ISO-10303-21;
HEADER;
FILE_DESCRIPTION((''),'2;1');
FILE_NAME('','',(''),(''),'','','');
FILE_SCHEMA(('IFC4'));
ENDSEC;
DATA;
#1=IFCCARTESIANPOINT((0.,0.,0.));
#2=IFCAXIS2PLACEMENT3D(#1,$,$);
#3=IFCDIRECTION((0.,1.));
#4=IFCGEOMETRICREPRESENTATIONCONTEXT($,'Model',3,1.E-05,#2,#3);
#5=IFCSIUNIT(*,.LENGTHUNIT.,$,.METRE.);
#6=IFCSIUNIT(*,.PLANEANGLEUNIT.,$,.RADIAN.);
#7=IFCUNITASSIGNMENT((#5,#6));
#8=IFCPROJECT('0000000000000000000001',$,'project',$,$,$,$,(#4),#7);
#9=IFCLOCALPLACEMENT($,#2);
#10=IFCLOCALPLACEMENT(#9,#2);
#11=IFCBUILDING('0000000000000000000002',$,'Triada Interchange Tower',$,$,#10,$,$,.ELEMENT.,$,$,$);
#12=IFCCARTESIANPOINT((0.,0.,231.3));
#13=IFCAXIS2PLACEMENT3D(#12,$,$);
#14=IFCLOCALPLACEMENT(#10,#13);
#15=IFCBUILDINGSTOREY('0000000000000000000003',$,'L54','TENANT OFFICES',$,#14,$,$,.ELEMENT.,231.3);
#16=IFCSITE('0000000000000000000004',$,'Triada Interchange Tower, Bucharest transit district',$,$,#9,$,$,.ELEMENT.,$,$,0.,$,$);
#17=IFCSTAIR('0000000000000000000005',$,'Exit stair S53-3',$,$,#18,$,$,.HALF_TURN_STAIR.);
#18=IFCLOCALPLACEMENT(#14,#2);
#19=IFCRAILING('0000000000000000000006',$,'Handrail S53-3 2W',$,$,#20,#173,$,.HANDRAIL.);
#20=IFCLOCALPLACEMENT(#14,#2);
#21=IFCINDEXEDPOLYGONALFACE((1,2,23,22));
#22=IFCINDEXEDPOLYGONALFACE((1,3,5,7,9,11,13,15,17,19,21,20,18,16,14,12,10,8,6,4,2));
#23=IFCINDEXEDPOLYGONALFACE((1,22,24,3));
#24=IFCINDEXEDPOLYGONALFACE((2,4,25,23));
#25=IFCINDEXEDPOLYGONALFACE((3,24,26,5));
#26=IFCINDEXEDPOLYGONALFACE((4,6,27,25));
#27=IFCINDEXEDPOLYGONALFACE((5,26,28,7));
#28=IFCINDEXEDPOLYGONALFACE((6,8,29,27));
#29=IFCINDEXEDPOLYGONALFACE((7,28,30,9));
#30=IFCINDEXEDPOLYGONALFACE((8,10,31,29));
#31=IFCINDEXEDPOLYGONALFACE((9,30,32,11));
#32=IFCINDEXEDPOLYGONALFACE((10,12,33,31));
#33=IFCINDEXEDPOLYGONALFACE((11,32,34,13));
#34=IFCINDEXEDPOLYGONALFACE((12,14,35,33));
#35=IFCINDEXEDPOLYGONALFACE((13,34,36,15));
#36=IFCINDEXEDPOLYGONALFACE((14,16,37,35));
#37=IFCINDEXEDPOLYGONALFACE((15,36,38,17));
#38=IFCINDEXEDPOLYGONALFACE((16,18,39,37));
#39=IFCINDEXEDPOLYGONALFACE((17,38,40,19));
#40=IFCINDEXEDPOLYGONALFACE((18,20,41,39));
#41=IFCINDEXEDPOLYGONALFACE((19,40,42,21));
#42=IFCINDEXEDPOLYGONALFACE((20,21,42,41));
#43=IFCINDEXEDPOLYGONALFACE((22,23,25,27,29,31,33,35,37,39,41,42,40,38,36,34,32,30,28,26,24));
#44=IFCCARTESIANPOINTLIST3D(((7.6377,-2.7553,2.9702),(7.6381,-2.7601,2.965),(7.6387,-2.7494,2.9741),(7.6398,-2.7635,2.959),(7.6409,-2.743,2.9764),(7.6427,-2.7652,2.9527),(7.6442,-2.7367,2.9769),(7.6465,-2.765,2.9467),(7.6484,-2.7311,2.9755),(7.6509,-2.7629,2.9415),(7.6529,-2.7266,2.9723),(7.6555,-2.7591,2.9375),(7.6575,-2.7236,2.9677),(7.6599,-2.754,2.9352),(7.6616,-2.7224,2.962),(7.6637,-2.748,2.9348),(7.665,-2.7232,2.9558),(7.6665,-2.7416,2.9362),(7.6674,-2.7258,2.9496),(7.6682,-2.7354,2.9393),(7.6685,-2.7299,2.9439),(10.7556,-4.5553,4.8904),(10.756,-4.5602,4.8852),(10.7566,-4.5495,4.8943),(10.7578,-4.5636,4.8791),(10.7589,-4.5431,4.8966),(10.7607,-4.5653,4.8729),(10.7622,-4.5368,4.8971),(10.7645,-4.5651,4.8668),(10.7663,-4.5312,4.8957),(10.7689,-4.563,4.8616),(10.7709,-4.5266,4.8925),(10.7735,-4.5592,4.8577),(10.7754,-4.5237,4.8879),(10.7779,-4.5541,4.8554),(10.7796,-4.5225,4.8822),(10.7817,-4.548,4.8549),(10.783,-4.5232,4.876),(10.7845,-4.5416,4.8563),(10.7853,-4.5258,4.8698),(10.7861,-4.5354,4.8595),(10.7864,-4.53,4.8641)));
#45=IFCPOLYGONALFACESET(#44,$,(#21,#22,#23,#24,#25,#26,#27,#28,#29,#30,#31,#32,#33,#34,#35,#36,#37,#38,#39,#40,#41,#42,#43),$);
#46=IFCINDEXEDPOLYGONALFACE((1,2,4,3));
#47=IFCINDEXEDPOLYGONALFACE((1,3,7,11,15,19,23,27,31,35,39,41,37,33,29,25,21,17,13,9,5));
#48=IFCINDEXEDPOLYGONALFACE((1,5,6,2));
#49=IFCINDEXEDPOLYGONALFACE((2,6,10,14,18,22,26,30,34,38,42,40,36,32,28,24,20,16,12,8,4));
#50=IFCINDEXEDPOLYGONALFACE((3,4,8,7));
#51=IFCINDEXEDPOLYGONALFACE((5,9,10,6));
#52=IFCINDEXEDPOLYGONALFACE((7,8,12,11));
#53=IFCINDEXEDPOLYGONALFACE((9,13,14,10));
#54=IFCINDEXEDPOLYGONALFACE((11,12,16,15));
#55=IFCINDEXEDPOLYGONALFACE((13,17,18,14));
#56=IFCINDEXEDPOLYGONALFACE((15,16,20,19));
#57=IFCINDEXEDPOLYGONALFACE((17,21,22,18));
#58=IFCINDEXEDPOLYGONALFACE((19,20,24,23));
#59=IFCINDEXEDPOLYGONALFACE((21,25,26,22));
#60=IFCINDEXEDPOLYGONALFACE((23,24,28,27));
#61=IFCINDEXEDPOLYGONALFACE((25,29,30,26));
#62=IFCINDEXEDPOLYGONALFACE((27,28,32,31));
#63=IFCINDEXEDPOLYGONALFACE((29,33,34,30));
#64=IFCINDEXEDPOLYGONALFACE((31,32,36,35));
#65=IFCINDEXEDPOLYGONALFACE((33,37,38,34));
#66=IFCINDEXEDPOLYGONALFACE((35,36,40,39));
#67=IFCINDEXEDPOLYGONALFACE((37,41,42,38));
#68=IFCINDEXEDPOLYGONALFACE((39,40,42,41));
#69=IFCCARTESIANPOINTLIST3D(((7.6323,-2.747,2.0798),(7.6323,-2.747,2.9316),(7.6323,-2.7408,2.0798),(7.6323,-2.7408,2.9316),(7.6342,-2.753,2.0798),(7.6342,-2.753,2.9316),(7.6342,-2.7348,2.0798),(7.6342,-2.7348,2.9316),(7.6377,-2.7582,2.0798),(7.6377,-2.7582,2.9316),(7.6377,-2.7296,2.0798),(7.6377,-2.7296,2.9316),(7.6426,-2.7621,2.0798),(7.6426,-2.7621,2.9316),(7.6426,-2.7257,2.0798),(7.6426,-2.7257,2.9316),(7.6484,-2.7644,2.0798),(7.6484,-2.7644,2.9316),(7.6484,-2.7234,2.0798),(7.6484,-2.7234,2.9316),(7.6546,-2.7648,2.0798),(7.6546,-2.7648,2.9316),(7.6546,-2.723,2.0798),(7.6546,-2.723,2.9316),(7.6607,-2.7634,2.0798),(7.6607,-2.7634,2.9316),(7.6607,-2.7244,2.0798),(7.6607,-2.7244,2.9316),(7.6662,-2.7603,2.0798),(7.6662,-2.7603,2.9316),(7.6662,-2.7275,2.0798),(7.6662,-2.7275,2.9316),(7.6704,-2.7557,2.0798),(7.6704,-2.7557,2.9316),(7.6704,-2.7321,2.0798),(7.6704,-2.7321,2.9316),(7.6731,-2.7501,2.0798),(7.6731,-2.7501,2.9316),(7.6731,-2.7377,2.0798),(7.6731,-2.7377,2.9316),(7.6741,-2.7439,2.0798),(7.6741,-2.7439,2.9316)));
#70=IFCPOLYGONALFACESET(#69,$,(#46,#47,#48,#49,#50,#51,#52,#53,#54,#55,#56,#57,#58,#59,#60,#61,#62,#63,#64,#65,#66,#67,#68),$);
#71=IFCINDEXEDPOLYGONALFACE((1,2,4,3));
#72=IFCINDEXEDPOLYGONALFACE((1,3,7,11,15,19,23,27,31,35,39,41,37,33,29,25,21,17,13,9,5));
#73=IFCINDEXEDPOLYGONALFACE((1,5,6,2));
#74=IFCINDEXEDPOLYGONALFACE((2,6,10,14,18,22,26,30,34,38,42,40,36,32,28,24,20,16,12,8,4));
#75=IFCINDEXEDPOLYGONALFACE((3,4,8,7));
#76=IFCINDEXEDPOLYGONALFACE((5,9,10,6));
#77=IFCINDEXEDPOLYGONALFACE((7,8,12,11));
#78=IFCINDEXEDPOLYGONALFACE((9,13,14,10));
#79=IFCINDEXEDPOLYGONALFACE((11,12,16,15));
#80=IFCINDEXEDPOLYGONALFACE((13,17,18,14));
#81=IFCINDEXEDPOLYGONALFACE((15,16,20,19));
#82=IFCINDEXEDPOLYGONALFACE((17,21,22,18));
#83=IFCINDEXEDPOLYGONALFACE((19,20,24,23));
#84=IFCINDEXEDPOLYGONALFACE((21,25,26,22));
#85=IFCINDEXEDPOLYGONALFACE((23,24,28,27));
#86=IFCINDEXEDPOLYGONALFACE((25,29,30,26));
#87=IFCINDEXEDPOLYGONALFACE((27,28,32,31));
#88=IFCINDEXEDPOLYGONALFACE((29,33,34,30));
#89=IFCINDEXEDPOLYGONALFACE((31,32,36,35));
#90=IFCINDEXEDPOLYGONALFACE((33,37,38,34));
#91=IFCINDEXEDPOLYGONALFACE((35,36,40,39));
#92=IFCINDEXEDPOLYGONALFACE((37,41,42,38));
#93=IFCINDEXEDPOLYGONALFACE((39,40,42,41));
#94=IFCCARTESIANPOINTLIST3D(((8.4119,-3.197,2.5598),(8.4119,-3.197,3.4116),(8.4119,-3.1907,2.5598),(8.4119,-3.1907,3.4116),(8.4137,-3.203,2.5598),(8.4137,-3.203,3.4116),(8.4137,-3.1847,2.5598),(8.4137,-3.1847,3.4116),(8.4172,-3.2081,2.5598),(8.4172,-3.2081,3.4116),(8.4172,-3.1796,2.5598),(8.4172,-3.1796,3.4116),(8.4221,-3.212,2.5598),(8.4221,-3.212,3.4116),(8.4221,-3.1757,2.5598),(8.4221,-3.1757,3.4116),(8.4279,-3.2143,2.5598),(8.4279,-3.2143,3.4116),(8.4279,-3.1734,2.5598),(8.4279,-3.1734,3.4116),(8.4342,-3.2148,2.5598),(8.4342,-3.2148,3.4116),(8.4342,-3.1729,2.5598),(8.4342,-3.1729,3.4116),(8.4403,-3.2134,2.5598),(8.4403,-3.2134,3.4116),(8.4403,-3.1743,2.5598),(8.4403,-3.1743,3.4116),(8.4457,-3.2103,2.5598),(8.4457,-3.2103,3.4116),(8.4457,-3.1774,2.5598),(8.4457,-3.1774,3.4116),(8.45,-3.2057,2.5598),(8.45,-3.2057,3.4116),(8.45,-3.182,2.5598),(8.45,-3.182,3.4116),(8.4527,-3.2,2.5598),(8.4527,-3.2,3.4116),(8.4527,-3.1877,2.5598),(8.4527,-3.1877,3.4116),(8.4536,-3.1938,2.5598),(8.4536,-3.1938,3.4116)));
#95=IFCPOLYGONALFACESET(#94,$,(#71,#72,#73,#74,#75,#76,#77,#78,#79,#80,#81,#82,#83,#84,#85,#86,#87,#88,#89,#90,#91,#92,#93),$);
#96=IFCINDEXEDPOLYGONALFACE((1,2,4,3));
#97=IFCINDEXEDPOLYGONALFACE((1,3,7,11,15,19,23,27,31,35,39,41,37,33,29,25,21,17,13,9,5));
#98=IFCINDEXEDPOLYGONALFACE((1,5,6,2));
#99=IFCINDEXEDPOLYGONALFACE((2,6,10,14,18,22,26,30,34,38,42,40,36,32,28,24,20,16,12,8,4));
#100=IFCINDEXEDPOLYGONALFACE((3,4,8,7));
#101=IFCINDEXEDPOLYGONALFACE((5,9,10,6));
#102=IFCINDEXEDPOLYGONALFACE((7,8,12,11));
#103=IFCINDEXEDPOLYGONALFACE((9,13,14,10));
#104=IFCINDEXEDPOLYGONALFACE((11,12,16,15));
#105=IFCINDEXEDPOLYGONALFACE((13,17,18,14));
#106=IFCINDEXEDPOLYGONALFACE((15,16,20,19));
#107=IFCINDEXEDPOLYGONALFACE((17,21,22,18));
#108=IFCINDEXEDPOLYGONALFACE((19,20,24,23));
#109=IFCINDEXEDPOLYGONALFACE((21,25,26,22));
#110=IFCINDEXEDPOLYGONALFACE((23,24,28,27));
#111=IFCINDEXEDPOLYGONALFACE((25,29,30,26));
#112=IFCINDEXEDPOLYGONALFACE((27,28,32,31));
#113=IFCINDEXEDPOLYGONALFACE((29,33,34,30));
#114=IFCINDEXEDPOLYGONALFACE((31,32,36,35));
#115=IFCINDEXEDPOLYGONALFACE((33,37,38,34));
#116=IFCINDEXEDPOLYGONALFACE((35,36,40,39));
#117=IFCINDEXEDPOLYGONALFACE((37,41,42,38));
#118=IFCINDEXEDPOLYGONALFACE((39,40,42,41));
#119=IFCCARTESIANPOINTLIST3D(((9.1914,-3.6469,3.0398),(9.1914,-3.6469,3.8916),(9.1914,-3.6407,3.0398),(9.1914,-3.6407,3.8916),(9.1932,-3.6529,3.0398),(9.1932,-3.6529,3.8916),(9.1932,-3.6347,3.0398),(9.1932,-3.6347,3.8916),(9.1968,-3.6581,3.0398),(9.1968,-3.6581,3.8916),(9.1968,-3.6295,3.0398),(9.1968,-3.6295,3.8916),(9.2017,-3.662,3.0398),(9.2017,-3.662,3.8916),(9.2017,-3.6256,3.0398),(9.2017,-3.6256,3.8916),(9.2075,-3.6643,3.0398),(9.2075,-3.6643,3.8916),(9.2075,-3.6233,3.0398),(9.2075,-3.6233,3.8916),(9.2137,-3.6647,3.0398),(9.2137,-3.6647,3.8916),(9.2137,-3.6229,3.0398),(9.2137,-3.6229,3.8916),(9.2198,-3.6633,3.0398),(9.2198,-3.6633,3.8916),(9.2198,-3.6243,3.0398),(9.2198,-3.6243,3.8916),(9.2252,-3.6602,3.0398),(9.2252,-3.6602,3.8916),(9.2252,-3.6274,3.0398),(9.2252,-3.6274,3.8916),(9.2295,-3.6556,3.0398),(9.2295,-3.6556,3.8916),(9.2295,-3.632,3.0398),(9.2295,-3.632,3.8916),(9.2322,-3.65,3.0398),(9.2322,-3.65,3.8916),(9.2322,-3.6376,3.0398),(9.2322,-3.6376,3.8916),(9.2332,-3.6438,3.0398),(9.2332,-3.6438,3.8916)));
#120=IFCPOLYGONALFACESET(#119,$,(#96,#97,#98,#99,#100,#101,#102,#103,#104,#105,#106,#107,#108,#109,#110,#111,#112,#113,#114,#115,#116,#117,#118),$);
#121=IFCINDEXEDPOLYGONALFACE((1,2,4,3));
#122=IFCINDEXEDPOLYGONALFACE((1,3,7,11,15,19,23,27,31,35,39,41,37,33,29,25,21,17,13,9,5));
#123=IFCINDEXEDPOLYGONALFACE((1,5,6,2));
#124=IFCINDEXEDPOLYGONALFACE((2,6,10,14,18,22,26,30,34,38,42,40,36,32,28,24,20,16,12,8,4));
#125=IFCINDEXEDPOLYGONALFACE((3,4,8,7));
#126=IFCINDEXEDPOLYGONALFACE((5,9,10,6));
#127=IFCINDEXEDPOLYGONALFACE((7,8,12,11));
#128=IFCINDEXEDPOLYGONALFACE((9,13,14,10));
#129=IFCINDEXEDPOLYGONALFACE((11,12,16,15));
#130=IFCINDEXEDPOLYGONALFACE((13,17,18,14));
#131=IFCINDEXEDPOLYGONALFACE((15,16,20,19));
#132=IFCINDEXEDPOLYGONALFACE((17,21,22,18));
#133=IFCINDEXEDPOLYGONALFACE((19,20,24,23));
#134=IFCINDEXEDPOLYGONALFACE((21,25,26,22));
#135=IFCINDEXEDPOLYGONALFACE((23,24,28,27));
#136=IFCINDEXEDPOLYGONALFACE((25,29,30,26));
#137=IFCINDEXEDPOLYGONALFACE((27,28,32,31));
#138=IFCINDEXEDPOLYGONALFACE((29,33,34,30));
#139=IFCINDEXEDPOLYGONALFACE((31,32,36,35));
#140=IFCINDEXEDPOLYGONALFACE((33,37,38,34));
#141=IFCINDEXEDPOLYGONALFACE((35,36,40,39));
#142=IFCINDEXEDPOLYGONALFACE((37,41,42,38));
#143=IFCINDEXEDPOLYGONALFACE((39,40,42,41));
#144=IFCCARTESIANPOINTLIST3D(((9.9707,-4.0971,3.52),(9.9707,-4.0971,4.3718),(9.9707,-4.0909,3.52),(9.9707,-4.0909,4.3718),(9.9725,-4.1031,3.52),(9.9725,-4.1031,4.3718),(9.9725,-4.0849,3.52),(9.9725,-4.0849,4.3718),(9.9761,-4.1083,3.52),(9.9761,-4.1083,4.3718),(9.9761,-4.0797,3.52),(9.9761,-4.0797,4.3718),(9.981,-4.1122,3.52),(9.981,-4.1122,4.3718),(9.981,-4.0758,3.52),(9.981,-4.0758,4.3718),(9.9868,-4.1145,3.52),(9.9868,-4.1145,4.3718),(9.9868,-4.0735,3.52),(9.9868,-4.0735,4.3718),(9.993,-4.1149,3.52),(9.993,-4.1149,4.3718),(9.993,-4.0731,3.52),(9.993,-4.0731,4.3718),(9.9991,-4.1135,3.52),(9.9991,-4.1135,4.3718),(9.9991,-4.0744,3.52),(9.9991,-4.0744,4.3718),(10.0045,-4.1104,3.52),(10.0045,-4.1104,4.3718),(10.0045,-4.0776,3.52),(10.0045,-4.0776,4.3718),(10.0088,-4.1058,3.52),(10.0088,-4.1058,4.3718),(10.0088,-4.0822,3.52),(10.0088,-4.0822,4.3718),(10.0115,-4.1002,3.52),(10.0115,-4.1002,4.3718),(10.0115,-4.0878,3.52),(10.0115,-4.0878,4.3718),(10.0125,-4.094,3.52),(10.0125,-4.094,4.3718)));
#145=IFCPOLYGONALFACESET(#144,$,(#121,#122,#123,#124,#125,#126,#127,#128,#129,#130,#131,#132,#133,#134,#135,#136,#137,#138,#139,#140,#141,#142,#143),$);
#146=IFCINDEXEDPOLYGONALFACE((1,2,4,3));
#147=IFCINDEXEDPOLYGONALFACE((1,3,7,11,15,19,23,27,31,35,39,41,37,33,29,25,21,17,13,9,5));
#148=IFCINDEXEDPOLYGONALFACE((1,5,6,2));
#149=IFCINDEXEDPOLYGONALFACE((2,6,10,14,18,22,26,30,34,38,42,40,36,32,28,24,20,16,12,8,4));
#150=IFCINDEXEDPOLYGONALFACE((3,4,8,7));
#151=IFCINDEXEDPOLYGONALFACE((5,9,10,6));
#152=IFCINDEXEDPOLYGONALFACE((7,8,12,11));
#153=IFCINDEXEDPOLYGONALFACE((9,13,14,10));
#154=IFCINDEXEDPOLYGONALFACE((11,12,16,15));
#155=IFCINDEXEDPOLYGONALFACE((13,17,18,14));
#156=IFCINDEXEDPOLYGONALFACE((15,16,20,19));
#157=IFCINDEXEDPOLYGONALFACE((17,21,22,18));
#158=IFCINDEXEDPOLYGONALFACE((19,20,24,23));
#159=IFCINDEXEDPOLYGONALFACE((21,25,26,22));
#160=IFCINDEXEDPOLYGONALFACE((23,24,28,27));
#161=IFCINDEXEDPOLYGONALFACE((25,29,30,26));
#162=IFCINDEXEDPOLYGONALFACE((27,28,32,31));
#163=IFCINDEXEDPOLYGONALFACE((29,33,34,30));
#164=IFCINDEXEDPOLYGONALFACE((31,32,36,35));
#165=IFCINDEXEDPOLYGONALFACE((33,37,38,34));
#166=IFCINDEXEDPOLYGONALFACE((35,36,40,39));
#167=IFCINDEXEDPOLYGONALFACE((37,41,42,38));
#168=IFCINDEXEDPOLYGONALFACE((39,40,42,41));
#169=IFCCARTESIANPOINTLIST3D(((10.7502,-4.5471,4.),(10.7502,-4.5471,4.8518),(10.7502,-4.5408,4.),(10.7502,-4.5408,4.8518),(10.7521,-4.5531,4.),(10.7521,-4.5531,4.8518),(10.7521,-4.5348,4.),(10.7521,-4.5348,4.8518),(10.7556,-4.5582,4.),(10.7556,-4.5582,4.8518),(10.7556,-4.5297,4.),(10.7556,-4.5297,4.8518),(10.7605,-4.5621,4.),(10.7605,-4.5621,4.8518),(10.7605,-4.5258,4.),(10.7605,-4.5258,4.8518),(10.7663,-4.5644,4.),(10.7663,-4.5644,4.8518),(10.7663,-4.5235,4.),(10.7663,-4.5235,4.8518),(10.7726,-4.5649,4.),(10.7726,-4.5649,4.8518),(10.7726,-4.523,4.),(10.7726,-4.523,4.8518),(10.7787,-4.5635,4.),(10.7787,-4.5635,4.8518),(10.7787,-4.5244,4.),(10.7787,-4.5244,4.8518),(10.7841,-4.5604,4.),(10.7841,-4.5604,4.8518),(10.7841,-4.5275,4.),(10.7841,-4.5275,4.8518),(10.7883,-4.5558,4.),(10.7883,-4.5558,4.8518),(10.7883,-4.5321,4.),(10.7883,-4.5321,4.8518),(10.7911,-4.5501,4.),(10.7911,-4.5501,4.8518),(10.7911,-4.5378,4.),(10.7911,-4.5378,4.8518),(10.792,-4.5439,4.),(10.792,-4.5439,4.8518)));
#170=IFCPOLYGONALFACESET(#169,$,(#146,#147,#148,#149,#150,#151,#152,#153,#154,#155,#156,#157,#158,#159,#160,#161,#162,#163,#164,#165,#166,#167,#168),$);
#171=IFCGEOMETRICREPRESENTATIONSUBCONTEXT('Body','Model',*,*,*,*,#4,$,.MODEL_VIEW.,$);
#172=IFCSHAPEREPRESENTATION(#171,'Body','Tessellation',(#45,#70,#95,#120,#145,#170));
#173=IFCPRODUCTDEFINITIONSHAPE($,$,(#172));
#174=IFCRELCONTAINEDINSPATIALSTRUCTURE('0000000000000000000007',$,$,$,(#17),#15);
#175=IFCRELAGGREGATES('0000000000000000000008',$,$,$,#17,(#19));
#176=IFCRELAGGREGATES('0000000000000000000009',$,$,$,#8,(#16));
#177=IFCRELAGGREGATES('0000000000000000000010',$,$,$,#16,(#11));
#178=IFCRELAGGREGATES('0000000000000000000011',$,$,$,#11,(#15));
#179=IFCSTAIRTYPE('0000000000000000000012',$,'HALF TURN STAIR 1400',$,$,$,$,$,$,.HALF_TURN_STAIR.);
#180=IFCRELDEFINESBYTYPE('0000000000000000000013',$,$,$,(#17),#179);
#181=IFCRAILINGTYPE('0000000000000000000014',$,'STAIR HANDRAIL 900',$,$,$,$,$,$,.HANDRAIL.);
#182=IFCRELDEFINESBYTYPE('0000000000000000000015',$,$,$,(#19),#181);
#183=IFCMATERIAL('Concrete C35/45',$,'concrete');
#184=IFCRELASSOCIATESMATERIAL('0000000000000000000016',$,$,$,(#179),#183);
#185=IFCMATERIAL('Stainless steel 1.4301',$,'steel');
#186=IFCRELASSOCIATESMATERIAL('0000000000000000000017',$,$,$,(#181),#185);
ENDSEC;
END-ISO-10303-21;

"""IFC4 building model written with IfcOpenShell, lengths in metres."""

from ifc_helpers import new_model, si_unit, direction, frame, origin, origin_2d, place, context, subcontext, project, spatial, circle, extrude, material, type_object, element, aggregate, save


model = new_model("IFC4")

# Units and contexts
model_context = context("Model", 3, precision=1e-05, world=origin(), true_north=direction((0.0, 1.0)))
body_context = subcontext(model_context, "Body", "Model", "MODEL_VIEW")
ifc_project = project(units=[si_unit("LENGTHUNIT", "METRE"), si_unit("PLANEANGLEUNIT", "RADIAN")], contexts=[model_context])

# Site, building, storey
site_placement = place(None, origin())
site = spatial("IfcSite", under=ifc_project, at=site_placement, Name="Triada Interchange Tower, Bucharest transit district", CompositionType="ELEMENT", RefElevation=0.0)
building_placement = place(site_placement, origin())
building = spatial("IfcBuilding", under=site, at=building_placement, Name="Triada Interchange Tower", CompositionType="ELEMENT")
storey_placement = place(building_placement, frame((0.0, 0.0, 231.3)))
storey = spatial("IfcBuildingStorey", under=building, at=storey_placement, Name="L54", Description="TENANT OFFICES", CompositionType="ELEMENT", Elevation=231.3)

# Stair, railing
ifc_material_1 = material(Name="Concrete C35/45", Category="concrete")
stair_type = type_object("IfcStairType", Name="HALF TURN STAIR 1400", PredefinedType="HALF_TURN_STAIR", material=ifc_material_1)
stair_placement = place(storey_placement, origin())
stair = element("IfcStair", 1, at=stair_placement, inside=storey, type_object=stair_type, Name="Exit stair S53-3", PredefinedType="HALF_TURN_STAIR")
ifc_material_2 = material(Name="Stainless steel 1.4301", Category="steel")
railing_type = type_object("IfcRailingType", Name="STAIR HANDRAIL 900", PredefinedType="HANDRAIL", material=ifc_material_2)
railing_1_placement = place(storey_placement, frame((7.6531, -2.7439, 2.0798)))
railing_1 = element("IfcRailing", 2, at=railing_1_placement, type_object=railing_type, Name="Handrail S53-3 2W", PredefinedType="HANDRAIL", context=body_context, shape_type="SweptSolid", body=[
    extrude(circle(Radius=0.0239, at=origin_2d()), frame((0.0, 0.0, 0.876), z_axis=(0.764145, -0.441159, 0.470597), x_axis=(0.499983, 0.866035, 0.0)), (0.0, 0.0, 1.0), 4.0803),
    extrude(circle(Radius=0.021, at=origin_2d()), origin(), (0.0, 0.0, 1.0), 0.8518),
    extrude(circle(Radius=0.021, at=origin_2d()), frame((0.7795, -0.45, 0.48)), (0.0, 0.0, 1.0), 0.8518),
    extrude(circle(Radius=0.021, at=origin_2d()), frame((1.5591, -0.8999, 0.96)), (0.0, 0.0, 1.0), 0.8518),
    extrude(circle(Radius=0.021, at=origin_2d()), frame((2.3384, -1.3501, 1.4402)), (0.0, 0.0, 1.0), 0.8518),
    extrude(circle(Radius=0.021, at=origin_2d()), frame((3.1179, -1.8, 1.9202)), (0.0, 0.0, 1.0), 0.8518),
])
aggregate(stair, [railing_1])

save(model, "model.ifc")
